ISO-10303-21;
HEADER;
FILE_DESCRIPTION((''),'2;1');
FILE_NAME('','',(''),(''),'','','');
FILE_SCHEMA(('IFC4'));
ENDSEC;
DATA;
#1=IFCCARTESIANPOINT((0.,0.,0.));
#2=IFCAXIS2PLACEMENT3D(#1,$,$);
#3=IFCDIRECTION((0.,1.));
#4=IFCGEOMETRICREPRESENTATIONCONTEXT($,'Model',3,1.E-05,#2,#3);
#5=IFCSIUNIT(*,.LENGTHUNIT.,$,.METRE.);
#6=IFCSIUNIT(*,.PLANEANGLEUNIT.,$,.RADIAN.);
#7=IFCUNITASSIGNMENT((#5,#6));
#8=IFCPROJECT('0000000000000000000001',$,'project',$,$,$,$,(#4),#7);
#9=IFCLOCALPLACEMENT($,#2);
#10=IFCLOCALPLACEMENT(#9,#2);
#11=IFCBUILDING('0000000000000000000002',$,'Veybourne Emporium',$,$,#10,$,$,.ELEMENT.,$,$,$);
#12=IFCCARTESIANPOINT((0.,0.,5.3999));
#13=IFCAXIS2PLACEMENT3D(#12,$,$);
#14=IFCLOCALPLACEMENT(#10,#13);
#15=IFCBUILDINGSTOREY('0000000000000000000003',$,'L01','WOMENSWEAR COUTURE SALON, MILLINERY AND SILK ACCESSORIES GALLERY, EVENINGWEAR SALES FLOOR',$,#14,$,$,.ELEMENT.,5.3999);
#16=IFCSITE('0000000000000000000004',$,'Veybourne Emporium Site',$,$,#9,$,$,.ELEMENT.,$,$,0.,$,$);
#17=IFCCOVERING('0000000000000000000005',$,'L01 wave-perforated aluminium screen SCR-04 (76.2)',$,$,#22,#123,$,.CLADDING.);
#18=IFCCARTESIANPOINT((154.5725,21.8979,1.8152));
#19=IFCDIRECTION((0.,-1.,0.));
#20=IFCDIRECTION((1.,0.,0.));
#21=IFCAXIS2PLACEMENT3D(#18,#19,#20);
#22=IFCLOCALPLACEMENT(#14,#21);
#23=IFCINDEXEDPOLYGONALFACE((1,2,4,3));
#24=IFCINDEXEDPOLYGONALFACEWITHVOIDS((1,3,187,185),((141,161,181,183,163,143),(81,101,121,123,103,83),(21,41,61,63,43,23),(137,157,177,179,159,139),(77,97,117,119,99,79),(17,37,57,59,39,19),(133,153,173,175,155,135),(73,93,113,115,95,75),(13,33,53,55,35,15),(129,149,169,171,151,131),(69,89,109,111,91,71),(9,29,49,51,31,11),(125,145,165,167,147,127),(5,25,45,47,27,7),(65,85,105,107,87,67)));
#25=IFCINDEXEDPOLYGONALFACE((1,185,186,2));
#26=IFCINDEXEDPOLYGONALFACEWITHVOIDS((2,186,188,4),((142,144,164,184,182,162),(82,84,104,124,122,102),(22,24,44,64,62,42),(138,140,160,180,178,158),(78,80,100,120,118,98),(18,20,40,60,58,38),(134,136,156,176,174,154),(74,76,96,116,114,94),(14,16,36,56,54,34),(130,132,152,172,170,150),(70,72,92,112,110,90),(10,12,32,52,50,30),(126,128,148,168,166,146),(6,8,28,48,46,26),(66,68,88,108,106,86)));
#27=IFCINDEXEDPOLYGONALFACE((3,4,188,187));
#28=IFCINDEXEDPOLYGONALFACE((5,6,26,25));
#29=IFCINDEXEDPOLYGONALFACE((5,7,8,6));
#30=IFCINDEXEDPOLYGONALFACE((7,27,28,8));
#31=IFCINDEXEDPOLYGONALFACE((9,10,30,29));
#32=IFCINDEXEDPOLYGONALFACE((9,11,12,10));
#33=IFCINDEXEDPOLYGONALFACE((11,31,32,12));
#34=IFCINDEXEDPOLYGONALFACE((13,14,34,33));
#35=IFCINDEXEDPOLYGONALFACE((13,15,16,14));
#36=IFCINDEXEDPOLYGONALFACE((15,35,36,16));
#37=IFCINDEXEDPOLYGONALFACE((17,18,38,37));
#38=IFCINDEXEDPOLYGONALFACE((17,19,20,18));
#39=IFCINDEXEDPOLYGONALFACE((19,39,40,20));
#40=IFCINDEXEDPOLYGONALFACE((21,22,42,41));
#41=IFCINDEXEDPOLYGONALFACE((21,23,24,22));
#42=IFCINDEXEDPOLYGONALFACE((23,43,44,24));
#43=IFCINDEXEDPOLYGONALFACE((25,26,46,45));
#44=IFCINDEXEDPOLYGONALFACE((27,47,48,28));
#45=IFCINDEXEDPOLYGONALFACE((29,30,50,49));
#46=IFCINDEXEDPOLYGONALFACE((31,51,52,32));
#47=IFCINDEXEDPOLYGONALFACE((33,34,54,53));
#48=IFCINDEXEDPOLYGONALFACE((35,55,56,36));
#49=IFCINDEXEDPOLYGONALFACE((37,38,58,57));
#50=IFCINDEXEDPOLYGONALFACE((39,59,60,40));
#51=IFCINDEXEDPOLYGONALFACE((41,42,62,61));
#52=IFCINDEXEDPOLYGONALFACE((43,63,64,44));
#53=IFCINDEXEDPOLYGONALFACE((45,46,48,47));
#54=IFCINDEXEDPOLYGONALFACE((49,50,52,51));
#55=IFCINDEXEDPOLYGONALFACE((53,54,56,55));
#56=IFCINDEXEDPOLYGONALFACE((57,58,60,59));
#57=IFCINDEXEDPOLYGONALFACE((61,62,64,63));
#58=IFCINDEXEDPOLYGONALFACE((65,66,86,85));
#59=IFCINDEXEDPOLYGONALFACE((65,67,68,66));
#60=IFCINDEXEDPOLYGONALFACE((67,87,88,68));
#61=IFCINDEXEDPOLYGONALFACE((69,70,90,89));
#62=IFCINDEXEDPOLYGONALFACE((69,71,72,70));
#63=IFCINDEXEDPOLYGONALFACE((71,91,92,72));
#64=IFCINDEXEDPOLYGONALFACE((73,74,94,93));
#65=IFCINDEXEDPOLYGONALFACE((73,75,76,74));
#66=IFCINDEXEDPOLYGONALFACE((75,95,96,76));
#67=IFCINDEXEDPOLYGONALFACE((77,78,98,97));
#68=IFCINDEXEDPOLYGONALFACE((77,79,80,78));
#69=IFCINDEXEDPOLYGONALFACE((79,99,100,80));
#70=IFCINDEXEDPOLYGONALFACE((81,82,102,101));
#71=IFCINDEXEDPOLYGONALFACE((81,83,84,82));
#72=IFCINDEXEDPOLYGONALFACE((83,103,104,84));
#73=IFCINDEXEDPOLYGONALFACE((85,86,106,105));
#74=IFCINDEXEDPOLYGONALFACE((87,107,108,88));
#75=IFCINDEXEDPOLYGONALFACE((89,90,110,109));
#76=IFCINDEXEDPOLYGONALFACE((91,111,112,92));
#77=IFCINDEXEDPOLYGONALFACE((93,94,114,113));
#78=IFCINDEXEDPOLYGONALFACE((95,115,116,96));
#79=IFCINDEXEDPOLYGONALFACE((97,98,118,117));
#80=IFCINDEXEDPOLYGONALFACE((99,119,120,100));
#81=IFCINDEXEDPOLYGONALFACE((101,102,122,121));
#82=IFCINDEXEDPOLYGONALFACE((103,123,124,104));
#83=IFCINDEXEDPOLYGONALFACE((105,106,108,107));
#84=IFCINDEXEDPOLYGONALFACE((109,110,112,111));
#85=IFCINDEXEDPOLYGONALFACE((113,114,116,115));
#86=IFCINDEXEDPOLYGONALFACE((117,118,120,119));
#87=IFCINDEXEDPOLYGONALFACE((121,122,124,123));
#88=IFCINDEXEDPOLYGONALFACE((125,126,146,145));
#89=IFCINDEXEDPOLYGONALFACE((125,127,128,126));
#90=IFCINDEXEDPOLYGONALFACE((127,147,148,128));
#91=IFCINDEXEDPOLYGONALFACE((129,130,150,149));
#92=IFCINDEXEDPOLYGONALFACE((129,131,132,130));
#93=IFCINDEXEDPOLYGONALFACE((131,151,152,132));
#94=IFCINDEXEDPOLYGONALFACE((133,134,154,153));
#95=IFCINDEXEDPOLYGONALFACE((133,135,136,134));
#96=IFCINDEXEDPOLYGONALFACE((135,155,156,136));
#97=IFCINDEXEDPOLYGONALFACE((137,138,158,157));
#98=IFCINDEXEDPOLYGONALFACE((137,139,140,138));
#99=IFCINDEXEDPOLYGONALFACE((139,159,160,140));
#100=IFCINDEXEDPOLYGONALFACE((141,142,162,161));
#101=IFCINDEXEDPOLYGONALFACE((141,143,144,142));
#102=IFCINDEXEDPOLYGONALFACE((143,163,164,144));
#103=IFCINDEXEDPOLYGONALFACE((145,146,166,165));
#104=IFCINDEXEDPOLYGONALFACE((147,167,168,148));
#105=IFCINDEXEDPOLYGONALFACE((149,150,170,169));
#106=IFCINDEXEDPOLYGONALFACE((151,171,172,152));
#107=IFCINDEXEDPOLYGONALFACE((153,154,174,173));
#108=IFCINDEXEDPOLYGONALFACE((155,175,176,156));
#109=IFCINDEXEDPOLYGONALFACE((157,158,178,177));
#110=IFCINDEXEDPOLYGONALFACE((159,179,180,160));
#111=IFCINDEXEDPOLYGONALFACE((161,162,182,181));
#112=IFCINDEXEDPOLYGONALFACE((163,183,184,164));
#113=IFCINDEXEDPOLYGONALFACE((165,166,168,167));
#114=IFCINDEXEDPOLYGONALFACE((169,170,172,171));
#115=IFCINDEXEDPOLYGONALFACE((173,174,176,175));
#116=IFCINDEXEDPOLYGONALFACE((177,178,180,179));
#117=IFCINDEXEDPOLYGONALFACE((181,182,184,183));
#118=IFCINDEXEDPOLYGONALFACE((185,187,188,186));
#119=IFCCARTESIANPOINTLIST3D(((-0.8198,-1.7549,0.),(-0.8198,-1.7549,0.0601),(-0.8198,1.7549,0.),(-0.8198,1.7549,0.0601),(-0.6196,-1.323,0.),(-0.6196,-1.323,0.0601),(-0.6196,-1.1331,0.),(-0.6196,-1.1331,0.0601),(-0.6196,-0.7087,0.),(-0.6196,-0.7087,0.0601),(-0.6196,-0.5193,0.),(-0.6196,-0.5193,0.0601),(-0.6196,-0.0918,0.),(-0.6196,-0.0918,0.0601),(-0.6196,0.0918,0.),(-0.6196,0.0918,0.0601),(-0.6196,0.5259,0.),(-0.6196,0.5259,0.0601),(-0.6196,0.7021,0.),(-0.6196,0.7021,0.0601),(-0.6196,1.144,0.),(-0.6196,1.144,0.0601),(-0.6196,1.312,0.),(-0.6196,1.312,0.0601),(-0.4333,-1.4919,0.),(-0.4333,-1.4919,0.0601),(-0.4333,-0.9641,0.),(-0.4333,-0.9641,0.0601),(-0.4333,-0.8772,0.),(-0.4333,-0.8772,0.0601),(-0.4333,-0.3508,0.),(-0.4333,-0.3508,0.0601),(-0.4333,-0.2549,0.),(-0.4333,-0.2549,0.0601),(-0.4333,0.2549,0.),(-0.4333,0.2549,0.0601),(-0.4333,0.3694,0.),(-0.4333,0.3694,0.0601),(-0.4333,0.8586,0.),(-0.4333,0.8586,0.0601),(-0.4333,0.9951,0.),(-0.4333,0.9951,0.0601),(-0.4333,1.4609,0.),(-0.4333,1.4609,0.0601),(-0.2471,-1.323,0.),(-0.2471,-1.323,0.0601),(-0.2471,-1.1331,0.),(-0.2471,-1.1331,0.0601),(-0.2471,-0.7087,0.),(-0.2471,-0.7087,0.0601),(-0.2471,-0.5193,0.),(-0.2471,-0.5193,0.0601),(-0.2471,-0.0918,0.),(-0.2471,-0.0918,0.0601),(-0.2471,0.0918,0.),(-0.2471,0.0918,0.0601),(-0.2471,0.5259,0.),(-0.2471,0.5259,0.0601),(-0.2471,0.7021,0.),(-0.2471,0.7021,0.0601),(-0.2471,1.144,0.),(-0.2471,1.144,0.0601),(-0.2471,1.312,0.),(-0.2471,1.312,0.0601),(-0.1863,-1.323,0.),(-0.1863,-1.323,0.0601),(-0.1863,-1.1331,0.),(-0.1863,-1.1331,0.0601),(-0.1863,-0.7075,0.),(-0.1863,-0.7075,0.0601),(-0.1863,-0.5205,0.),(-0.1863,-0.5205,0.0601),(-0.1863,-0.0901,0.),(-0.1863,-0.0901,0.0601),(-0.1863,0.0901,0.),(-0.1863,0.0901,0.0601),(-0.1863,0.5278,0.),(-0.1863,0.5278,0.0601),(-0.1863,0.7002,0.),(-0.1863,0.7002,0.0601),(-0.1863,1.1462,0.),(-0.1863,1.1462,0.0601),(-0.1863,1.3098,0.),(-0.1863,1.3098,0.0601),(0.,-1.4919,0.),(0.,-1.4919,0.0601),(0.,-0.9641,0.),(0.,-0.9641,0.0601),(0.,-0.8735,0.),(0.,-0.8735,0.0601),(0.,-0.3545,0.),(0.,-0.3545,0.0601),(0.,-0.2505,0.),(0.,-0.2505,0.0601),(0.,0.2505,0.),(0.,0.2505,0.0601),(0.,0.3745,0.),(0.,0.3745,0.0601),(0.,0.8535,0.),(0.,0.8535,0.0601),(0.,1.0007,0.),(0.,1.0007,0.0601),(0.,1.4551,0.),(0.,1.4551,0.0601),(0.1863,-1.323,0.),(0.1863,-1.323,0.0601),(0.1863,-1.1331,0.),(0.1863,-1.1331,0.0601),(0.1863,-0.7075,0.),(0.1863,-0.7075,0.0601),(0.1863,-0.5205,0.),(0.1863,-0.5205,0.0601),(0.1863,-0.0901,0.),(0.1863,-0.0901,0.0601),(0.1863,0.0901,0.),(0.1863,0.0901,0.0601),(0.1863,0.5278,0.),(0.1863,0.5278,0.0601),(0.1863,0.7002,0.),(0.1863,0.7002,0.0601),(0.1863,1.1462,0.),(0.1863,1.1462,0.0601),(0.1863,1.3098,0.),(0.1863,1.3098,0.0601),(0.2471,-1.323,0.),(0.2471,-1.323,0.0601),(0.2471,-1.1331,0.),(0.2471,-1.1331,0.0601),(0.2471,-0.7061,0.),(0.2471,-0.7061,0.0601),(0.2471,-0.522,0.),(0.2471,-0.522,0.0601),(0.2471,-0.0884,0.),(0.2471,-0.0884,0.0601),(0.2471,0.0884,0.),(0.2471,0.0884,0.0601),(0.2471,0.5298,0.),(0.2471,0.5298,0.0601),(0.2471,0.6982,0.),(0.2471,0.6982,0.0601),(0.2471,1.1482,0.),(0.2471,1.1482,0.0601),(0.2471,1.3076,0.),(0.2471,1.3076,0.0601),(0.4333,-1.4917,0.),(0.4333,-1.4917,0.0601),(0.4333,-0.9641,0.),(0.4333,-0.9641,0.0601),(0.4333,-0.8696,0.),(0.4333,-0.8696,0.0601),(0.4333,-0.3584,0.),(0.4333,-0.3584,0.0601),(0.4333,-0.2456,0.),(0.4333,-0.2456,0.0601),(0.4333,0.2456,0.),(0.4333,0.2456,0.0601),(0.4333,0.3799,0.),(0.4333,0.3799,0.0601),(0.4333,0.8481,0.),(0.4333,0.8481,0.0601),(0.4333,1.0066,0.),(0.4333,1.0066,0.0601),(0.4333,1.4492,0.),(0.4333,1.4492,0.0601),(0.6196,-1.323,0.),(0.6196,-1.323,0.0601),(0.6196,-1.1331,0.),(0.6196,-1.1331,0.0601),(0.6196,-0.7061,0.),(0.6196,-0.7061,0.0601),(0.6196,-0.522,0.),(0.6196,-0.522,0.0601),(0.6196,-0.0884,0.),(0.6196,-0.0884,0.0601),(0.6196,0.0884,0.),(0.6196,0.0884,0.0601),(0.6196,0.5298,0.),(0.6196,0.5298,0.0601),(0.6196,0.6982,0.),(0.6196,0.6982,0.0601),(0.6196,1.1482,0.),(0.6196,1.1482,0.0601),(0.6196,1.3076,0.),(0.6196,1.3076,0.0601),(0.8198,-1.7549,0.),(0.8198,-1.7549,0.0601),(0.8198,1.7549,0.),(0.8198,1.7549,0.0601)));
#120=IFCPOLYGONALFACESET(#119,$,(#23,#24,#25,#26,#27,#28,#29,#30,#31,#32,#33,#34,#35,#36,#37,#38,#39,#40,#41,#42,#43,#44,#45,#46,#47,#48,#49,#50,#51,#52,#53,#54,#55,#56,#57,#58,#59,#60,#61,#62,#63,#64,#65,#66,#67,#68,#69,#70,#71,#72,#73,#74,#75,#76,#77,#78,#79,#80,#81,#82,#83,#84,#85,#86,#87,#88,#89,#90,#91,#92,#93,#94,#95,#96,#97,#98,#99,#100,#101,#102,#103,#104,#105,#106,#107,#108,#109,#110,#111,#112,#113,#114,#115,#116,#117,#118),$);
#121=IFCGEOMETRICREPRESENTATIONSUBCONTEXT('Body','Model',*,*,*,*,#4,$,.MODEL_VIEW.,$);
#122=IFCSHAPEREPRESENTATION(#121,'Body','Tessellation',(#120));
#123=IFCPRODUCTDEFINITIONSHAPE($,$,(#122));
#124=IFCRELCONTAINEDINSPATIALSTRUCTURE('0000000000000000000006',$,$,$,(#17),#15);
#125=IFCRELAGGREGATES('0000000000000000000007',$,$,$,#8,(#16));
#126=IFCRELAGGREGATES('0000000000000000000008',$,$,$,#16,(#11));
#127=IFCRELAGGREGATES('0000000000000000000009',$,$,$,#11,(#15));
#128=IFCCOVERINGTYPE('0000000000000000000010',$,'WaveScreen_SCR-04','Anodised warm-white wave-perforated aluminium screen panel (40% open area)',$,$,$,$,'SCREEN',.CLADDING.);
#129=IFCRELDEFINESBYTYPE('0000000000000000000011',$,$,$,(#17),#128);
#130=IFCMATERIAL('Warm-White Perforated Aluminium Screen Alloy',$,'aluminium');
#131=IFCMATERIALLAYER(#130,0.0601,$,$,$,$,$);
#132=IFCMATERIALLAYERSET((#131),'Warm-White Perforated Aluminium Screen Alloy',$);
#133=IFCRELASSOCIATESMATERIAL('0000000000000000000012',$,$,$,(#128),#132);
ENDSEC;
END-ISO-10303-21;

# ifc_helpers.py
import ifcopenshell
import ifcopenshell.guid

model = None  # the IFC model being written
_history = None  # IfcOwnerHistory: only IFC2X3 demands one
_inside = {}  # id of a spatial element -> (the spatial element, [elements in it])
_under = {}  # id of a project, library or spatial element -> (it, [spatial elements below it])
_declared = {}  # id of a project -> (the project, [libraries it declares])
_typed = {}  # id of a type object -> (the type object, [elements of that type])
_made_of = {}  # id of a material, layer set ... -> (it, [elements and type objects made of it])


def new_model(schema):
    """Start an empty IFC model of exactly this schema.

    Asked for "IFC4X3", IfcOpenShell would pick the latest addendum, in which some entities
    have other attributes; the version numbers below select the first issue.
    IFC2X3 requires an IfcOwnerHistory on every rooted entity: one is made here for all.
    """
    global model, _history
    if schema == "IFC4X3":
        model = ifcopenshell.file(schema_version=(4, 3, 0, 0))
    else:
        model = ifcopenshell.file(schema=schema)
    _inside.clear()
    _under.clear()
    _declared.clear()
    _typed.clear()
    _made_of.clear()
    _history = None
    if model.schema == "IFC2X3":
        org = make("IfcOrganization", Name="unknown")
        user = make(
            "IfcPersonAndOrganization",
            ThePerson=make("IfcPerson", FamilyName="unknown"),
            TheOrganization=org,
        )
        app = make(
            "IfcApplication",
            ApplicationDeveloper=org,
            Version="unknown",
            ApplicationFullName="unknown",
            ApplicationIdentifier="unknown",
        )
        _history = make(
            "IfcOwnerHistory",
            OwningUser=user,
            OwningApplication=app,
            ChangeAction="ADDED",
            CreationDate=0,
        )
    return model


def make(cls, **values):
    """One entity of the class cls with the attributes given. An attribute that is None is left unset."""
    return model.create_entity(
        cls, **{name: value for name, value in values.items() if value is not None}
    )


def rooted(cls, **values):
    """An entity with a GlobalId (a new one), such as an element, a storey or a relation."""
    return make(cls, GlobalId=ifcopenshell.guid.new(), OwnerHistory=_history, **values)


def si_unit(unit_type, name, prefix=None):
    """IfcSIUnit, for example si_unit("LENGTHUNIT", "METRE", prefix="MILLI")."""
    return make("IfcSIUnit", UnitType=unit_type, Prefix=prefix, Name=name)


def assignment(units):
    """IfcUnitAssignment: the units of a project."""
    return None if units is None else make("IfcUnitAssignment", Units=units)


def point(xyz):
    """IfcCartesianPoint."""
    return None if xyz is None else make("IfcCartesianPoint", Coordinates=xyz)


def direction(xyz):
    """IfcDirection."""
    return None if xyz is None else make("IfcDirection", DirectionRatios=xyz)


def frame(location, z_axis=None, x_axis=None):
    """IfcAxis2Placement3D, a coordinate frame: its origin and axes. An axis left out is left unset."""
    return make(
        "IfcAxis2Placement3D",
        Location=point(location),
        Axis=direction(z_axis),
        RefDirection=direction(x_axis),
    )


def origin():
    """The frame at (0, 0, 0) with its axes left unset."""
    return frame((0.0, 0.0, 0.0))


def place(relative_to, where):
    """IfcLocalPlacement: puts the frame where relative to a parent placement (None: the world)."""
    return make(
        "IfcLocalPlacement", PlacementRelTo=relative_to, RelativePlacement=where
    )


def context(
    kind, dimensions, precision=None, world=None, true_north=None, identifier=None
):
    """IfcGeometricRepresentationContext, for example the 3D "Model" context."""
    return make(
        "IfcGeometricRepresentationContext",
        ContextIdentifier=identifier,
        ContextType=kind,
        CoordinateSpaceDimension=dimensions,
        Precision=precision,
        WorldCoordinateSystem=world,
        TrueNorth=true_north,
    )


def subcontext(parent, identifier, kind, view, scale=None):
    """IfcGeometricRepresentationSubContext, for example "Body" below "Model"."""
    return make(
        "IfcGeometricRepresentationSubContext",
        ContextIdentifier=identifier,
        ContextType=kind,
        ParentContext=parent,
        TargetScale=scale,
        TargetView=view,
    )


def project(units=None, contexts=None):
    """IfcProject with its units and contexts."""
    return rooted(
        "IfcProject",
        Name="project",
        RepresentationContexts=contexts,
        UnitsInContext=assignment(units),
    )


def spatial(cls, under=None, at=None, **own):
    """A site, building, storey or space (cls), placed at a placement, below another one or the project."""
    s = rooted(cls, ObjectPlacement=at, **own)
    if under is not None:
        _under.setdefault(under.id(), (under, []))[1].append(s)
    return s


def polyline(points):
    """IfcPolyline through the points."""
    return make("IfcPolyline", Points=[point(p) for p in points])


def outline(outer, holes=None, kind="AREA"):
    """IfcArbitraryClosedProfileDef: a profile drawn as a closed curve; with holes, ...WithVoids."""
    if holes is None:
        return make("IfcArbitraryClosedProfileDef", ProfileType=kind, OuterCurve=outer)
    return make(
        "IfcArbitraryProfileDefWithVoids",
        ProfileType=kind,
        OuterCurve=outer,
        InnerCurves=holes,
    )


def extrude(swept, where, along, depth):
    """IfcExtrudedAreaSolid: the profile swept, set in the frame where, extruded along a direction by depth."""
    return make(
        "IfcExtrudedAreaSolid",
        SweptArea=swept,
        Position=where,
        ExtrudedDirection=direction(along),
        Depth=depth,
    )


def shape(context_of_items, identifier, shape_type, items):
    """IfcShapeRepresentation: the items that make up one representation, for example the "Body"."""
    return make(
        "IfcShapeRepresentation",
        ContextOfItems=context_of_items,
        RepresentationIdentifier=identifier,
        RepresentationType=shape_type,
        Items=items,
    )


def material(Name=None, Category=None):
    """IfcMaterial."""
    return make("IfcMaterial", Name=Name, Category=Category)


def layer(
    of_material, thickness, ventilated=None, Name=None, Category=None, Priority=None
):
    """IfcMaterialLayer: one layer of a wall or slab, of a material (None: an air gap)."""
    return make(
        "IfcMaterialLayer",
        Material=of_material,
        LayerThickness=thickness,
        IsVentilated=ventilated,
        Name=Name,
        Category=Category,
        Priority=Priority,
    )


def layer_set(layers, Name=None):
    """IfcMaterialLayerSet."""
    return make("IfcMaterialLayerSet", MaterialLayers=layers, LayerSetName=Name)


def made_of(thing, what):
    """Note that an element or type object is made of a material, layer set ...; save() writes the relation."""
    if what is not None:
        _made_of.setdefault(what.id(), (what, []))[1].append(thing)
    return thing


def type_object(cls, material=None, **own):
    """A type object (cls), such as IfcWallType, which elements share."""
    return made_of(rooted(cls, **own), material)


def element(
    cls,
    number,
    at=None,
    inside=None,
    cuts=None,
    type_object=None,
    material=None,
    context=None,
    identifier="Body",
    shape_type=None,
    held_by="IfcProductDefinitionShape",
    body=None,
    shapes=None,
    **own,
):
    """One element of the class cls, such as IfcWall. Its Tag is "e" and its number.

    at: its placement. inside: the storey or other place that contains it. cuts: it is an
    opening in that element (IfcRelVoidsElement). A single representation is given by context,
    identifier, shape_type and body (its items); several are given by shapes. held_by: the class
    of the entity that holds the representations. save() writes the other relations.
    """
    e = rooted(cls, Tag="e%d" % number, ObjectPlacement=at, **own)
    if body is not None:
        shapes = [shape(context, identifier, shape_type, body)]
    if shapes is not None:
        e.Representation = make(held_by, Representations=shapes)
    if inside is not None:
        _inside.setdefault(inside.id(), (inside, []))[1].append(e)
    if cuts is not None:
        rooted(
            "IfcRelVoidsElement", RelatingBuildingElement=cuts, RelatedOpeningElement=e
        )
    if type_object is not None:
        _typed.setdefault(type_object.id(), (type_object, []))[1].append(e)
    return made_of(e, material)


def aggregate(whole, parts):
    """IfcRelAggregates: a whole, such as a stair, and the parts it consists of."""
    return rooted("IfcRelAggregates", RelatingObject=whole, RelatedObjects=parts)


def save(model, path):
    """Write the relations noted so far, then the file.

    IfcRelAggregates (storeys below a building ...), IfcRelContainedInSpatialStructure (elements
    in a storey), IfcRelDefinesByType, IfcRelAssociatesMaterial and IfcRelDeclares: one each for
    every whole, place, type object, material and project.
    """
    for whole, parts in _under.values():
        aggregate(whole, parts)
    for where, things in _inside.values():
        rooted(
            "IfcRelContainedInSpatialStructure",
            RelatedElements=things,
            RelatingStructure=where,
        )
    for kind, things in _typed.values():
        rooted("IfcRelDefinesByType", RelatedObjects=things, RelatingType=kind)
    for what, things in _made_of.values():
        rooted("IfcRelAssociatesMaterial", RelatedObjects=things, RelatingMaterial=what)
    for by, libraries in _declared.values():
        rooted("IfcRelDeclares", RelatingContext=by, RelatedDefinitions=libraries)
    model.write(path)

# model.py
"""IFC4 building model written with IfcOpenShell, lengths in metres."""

from ifc_helpers import new_model, si_unit, direction, frame, origin, place, context, subcontext, project, spatial, polyline, outline, extrude, material, layer, layer_set, type_object, element, save


model = new_model("IFC4")

# Units and contexts
model_context = context("Model", 3, precision=1e-05, world=origin(), true_north=direction((0.0, 1.0)))
body_context = subcontext(model_context, "Body", "Model", "MODEL_VIEW")
ifc_project = project(units=[si_unit("LENGTHUNIT", "METRE"), si_unit("PLANEANGLEUNIT", "RADIAN")], contexts=[model_context])

# Site, building, storey
site_placement = place(None, origin())
site = spatial("IfcSite", under=ifc_project, at=site_placement, Name="Veybourne Emporium Site", CompositionType="ELEMENT", RefElevation=0.0)
building_placement = place(site_placement, origin())
building = spatial("IfcBuilding", under=site, at=building_placement, Name="Veybourne Emporium", CompositionType="ELEMENT")
storey_placement = place(building_placement, frame((0.0, 0.0, 5.3999)))
storey = spatial("IfcBuildingStorey", under=building, at=storey_placement, Name="L01", Description="WOMENSWEAR COUTURE SALON, MILLINERY AND SILK ACCESSORIES GALLERY, EVENINGWEAR SALES FLOOR", CompositionType="ELEMENT", Elevation=5.3999)

# Covering
ifc_material_1 = material(Name="Warm-White Perforated Aluminium Screen Alloy", Category="aluminium")
ifc_layer_1 = layer(ifc_material_1, 0.0601)
ifc_layer_set_1 = layer_set([ifc_layer_1], Name="Warm-White Perforated Aluminium Screen Alloy")
covering_type_1 = type_object("IfcCoveringType", Name="WaveScreen_SCR-04", Description="Anodised warm-white wave-perforated aluminium screen panel (40% open area)", ElementType="SCREEN", PredefinedType="CLADDING", material=ifc_layer_set_1)
covering_1_placement = place(storey_placement, frame((154.5725, 21.8979, 1.8152), z_axis=(0.0, -1.0, 0.0), x_axis=(1.0, 0.0, 0.0)))
element("IfcCovering", 1, at=covering_1_placement, inside=storey, type_object=covering_type_1, Name="L01 wave-perforated aluminium screen SCR-04 (76.2)", PredefinedType="CLADDING", context=body_context, shape_type="SweptSolid", body=[
    extrude(outline(polyline([(-0.8198, -1.7549), (0.8198, -1.7549), (0.8198, 1.7549), (-0.8198, 1.7549), (-0.8198, -1.7549)]), holes=[polyline([(-0.4333, -0.9641), (-0.2471, -1.1331), (-0.2471, -1.323), (-0.4333, -1.4919), (-0.6196, -1.323), (-0.6196, -1.1331), (-0.4333, -0.9641)]), polyline([(-0.4333, -0.3508), (-0.2471, -0.5193), (-0.2471, -0.7087), (-0.4333, -0.8772), (-0.6196, -0.7087), (-0.6196, -0.5193), (-0.4333, -0.3508)]), polyline([(-0.4333, 0.2549), (-0.2471, 0.0918), (-0.2471, -0.0918), (-0.4333, -0.2549), (-0.6196, -0.0918), (-0.6196, 0.0918), (-0.4333, 0.2549)]), polyline([(-0.4333, 0.8586), (-0.2471, 0.7021), (-0.2471, 0.5259), (-0.4333, 0.3694), (-0.6196, 0.5259), (-0.6196, 0.7021), (-0.4333, 0.8586)]), polyline([(-0.4333, 1.4609), (-0.2471, 1.312), (-0.2471, 1.144), (-0.4333, 0.9951), (-0.6196, 1.144), (-0.6196, 1.312), (-0.4333, 1.4609)]), polyline([(0.0, -0.9641), (0.1863, -1.1331), (0.1863, -1.323), (0.0, -1.4919), (-0.1863, -1.323), (-0.1863, -1.1331), (0.0, -0.9641)]), polyline([(0.0, -0.3545), (0.1863, -0.5205), (0.1863, -0.7075), (0.0, -0.8735), (-0.1863, -0.7075), (-0.1863, -0.5205), (0.0, -0.3545)]), polyline([(0.0, 0.2505), (0.1863, 0.0901), (0.1863, -0.0901), (0.0, -0.2505), (-0.1863, -0.0901), (-0.1863, 0.0901), (0.0, 0.2505)]), polyline([(0.0, 0.8535), (0.1863, 0.7002), (0.1863, 0.5278), (0.0, 0.3745), (-0.1863, 0.5278), (-0.1863, 0.7002), (0.0, 0.8535)]), polyline([(0.0, 1.4551), (0.1863, 1.3098), (0.1863, 1.1462), (0.0, 1.0007), (-0.1863, 1.1462), (-0.1863, 1.3098), (0.0, 1.4551)]), polyline([(0.4333, -0.9641), (0.6196, -1.1331), (0.6196, -1.323), (0.4333, -1.4917), (0.2471, -1.323), (0.2471, -1.1331), (0.4333, -0.9641)]), polyline([(0.4333, -0.3584), (0.6196, -0.522), (0.6196, -0.7061), (0.4333, -0.8696), (0.2471, -0.7061), (0.2471, -0.522), (0.4333, -0.3584)]), polyline([(0.4333, 0.2456), (0.6196, 0.0884), (0.6196, -0.0884), (0.4333, -0.2456), (0.2471, -0.0884), (0.2471, 0.0884), (0.4333, 0.2456)]), polyline([(0.4333, 0.8481), (0.6196, 0.6982), (0.6196, 0.5298), (0.4333, 0.3799), (0.2471, 0.5298), (0.2471, 0.6982), (0.4333, 0.8481)]), polyline([(0.4333, 1.4492), (0.6196, 1.3076), (0.6196, 1.1482), (0.4333, 1.0066), (0.2471, 1.1482), (0.2471, 1.3076), (0.4333, 1.4492)])]), origin(), (0.0, 0.0, 1.0), 0.0601),
])

save(model, "model.ifc")
